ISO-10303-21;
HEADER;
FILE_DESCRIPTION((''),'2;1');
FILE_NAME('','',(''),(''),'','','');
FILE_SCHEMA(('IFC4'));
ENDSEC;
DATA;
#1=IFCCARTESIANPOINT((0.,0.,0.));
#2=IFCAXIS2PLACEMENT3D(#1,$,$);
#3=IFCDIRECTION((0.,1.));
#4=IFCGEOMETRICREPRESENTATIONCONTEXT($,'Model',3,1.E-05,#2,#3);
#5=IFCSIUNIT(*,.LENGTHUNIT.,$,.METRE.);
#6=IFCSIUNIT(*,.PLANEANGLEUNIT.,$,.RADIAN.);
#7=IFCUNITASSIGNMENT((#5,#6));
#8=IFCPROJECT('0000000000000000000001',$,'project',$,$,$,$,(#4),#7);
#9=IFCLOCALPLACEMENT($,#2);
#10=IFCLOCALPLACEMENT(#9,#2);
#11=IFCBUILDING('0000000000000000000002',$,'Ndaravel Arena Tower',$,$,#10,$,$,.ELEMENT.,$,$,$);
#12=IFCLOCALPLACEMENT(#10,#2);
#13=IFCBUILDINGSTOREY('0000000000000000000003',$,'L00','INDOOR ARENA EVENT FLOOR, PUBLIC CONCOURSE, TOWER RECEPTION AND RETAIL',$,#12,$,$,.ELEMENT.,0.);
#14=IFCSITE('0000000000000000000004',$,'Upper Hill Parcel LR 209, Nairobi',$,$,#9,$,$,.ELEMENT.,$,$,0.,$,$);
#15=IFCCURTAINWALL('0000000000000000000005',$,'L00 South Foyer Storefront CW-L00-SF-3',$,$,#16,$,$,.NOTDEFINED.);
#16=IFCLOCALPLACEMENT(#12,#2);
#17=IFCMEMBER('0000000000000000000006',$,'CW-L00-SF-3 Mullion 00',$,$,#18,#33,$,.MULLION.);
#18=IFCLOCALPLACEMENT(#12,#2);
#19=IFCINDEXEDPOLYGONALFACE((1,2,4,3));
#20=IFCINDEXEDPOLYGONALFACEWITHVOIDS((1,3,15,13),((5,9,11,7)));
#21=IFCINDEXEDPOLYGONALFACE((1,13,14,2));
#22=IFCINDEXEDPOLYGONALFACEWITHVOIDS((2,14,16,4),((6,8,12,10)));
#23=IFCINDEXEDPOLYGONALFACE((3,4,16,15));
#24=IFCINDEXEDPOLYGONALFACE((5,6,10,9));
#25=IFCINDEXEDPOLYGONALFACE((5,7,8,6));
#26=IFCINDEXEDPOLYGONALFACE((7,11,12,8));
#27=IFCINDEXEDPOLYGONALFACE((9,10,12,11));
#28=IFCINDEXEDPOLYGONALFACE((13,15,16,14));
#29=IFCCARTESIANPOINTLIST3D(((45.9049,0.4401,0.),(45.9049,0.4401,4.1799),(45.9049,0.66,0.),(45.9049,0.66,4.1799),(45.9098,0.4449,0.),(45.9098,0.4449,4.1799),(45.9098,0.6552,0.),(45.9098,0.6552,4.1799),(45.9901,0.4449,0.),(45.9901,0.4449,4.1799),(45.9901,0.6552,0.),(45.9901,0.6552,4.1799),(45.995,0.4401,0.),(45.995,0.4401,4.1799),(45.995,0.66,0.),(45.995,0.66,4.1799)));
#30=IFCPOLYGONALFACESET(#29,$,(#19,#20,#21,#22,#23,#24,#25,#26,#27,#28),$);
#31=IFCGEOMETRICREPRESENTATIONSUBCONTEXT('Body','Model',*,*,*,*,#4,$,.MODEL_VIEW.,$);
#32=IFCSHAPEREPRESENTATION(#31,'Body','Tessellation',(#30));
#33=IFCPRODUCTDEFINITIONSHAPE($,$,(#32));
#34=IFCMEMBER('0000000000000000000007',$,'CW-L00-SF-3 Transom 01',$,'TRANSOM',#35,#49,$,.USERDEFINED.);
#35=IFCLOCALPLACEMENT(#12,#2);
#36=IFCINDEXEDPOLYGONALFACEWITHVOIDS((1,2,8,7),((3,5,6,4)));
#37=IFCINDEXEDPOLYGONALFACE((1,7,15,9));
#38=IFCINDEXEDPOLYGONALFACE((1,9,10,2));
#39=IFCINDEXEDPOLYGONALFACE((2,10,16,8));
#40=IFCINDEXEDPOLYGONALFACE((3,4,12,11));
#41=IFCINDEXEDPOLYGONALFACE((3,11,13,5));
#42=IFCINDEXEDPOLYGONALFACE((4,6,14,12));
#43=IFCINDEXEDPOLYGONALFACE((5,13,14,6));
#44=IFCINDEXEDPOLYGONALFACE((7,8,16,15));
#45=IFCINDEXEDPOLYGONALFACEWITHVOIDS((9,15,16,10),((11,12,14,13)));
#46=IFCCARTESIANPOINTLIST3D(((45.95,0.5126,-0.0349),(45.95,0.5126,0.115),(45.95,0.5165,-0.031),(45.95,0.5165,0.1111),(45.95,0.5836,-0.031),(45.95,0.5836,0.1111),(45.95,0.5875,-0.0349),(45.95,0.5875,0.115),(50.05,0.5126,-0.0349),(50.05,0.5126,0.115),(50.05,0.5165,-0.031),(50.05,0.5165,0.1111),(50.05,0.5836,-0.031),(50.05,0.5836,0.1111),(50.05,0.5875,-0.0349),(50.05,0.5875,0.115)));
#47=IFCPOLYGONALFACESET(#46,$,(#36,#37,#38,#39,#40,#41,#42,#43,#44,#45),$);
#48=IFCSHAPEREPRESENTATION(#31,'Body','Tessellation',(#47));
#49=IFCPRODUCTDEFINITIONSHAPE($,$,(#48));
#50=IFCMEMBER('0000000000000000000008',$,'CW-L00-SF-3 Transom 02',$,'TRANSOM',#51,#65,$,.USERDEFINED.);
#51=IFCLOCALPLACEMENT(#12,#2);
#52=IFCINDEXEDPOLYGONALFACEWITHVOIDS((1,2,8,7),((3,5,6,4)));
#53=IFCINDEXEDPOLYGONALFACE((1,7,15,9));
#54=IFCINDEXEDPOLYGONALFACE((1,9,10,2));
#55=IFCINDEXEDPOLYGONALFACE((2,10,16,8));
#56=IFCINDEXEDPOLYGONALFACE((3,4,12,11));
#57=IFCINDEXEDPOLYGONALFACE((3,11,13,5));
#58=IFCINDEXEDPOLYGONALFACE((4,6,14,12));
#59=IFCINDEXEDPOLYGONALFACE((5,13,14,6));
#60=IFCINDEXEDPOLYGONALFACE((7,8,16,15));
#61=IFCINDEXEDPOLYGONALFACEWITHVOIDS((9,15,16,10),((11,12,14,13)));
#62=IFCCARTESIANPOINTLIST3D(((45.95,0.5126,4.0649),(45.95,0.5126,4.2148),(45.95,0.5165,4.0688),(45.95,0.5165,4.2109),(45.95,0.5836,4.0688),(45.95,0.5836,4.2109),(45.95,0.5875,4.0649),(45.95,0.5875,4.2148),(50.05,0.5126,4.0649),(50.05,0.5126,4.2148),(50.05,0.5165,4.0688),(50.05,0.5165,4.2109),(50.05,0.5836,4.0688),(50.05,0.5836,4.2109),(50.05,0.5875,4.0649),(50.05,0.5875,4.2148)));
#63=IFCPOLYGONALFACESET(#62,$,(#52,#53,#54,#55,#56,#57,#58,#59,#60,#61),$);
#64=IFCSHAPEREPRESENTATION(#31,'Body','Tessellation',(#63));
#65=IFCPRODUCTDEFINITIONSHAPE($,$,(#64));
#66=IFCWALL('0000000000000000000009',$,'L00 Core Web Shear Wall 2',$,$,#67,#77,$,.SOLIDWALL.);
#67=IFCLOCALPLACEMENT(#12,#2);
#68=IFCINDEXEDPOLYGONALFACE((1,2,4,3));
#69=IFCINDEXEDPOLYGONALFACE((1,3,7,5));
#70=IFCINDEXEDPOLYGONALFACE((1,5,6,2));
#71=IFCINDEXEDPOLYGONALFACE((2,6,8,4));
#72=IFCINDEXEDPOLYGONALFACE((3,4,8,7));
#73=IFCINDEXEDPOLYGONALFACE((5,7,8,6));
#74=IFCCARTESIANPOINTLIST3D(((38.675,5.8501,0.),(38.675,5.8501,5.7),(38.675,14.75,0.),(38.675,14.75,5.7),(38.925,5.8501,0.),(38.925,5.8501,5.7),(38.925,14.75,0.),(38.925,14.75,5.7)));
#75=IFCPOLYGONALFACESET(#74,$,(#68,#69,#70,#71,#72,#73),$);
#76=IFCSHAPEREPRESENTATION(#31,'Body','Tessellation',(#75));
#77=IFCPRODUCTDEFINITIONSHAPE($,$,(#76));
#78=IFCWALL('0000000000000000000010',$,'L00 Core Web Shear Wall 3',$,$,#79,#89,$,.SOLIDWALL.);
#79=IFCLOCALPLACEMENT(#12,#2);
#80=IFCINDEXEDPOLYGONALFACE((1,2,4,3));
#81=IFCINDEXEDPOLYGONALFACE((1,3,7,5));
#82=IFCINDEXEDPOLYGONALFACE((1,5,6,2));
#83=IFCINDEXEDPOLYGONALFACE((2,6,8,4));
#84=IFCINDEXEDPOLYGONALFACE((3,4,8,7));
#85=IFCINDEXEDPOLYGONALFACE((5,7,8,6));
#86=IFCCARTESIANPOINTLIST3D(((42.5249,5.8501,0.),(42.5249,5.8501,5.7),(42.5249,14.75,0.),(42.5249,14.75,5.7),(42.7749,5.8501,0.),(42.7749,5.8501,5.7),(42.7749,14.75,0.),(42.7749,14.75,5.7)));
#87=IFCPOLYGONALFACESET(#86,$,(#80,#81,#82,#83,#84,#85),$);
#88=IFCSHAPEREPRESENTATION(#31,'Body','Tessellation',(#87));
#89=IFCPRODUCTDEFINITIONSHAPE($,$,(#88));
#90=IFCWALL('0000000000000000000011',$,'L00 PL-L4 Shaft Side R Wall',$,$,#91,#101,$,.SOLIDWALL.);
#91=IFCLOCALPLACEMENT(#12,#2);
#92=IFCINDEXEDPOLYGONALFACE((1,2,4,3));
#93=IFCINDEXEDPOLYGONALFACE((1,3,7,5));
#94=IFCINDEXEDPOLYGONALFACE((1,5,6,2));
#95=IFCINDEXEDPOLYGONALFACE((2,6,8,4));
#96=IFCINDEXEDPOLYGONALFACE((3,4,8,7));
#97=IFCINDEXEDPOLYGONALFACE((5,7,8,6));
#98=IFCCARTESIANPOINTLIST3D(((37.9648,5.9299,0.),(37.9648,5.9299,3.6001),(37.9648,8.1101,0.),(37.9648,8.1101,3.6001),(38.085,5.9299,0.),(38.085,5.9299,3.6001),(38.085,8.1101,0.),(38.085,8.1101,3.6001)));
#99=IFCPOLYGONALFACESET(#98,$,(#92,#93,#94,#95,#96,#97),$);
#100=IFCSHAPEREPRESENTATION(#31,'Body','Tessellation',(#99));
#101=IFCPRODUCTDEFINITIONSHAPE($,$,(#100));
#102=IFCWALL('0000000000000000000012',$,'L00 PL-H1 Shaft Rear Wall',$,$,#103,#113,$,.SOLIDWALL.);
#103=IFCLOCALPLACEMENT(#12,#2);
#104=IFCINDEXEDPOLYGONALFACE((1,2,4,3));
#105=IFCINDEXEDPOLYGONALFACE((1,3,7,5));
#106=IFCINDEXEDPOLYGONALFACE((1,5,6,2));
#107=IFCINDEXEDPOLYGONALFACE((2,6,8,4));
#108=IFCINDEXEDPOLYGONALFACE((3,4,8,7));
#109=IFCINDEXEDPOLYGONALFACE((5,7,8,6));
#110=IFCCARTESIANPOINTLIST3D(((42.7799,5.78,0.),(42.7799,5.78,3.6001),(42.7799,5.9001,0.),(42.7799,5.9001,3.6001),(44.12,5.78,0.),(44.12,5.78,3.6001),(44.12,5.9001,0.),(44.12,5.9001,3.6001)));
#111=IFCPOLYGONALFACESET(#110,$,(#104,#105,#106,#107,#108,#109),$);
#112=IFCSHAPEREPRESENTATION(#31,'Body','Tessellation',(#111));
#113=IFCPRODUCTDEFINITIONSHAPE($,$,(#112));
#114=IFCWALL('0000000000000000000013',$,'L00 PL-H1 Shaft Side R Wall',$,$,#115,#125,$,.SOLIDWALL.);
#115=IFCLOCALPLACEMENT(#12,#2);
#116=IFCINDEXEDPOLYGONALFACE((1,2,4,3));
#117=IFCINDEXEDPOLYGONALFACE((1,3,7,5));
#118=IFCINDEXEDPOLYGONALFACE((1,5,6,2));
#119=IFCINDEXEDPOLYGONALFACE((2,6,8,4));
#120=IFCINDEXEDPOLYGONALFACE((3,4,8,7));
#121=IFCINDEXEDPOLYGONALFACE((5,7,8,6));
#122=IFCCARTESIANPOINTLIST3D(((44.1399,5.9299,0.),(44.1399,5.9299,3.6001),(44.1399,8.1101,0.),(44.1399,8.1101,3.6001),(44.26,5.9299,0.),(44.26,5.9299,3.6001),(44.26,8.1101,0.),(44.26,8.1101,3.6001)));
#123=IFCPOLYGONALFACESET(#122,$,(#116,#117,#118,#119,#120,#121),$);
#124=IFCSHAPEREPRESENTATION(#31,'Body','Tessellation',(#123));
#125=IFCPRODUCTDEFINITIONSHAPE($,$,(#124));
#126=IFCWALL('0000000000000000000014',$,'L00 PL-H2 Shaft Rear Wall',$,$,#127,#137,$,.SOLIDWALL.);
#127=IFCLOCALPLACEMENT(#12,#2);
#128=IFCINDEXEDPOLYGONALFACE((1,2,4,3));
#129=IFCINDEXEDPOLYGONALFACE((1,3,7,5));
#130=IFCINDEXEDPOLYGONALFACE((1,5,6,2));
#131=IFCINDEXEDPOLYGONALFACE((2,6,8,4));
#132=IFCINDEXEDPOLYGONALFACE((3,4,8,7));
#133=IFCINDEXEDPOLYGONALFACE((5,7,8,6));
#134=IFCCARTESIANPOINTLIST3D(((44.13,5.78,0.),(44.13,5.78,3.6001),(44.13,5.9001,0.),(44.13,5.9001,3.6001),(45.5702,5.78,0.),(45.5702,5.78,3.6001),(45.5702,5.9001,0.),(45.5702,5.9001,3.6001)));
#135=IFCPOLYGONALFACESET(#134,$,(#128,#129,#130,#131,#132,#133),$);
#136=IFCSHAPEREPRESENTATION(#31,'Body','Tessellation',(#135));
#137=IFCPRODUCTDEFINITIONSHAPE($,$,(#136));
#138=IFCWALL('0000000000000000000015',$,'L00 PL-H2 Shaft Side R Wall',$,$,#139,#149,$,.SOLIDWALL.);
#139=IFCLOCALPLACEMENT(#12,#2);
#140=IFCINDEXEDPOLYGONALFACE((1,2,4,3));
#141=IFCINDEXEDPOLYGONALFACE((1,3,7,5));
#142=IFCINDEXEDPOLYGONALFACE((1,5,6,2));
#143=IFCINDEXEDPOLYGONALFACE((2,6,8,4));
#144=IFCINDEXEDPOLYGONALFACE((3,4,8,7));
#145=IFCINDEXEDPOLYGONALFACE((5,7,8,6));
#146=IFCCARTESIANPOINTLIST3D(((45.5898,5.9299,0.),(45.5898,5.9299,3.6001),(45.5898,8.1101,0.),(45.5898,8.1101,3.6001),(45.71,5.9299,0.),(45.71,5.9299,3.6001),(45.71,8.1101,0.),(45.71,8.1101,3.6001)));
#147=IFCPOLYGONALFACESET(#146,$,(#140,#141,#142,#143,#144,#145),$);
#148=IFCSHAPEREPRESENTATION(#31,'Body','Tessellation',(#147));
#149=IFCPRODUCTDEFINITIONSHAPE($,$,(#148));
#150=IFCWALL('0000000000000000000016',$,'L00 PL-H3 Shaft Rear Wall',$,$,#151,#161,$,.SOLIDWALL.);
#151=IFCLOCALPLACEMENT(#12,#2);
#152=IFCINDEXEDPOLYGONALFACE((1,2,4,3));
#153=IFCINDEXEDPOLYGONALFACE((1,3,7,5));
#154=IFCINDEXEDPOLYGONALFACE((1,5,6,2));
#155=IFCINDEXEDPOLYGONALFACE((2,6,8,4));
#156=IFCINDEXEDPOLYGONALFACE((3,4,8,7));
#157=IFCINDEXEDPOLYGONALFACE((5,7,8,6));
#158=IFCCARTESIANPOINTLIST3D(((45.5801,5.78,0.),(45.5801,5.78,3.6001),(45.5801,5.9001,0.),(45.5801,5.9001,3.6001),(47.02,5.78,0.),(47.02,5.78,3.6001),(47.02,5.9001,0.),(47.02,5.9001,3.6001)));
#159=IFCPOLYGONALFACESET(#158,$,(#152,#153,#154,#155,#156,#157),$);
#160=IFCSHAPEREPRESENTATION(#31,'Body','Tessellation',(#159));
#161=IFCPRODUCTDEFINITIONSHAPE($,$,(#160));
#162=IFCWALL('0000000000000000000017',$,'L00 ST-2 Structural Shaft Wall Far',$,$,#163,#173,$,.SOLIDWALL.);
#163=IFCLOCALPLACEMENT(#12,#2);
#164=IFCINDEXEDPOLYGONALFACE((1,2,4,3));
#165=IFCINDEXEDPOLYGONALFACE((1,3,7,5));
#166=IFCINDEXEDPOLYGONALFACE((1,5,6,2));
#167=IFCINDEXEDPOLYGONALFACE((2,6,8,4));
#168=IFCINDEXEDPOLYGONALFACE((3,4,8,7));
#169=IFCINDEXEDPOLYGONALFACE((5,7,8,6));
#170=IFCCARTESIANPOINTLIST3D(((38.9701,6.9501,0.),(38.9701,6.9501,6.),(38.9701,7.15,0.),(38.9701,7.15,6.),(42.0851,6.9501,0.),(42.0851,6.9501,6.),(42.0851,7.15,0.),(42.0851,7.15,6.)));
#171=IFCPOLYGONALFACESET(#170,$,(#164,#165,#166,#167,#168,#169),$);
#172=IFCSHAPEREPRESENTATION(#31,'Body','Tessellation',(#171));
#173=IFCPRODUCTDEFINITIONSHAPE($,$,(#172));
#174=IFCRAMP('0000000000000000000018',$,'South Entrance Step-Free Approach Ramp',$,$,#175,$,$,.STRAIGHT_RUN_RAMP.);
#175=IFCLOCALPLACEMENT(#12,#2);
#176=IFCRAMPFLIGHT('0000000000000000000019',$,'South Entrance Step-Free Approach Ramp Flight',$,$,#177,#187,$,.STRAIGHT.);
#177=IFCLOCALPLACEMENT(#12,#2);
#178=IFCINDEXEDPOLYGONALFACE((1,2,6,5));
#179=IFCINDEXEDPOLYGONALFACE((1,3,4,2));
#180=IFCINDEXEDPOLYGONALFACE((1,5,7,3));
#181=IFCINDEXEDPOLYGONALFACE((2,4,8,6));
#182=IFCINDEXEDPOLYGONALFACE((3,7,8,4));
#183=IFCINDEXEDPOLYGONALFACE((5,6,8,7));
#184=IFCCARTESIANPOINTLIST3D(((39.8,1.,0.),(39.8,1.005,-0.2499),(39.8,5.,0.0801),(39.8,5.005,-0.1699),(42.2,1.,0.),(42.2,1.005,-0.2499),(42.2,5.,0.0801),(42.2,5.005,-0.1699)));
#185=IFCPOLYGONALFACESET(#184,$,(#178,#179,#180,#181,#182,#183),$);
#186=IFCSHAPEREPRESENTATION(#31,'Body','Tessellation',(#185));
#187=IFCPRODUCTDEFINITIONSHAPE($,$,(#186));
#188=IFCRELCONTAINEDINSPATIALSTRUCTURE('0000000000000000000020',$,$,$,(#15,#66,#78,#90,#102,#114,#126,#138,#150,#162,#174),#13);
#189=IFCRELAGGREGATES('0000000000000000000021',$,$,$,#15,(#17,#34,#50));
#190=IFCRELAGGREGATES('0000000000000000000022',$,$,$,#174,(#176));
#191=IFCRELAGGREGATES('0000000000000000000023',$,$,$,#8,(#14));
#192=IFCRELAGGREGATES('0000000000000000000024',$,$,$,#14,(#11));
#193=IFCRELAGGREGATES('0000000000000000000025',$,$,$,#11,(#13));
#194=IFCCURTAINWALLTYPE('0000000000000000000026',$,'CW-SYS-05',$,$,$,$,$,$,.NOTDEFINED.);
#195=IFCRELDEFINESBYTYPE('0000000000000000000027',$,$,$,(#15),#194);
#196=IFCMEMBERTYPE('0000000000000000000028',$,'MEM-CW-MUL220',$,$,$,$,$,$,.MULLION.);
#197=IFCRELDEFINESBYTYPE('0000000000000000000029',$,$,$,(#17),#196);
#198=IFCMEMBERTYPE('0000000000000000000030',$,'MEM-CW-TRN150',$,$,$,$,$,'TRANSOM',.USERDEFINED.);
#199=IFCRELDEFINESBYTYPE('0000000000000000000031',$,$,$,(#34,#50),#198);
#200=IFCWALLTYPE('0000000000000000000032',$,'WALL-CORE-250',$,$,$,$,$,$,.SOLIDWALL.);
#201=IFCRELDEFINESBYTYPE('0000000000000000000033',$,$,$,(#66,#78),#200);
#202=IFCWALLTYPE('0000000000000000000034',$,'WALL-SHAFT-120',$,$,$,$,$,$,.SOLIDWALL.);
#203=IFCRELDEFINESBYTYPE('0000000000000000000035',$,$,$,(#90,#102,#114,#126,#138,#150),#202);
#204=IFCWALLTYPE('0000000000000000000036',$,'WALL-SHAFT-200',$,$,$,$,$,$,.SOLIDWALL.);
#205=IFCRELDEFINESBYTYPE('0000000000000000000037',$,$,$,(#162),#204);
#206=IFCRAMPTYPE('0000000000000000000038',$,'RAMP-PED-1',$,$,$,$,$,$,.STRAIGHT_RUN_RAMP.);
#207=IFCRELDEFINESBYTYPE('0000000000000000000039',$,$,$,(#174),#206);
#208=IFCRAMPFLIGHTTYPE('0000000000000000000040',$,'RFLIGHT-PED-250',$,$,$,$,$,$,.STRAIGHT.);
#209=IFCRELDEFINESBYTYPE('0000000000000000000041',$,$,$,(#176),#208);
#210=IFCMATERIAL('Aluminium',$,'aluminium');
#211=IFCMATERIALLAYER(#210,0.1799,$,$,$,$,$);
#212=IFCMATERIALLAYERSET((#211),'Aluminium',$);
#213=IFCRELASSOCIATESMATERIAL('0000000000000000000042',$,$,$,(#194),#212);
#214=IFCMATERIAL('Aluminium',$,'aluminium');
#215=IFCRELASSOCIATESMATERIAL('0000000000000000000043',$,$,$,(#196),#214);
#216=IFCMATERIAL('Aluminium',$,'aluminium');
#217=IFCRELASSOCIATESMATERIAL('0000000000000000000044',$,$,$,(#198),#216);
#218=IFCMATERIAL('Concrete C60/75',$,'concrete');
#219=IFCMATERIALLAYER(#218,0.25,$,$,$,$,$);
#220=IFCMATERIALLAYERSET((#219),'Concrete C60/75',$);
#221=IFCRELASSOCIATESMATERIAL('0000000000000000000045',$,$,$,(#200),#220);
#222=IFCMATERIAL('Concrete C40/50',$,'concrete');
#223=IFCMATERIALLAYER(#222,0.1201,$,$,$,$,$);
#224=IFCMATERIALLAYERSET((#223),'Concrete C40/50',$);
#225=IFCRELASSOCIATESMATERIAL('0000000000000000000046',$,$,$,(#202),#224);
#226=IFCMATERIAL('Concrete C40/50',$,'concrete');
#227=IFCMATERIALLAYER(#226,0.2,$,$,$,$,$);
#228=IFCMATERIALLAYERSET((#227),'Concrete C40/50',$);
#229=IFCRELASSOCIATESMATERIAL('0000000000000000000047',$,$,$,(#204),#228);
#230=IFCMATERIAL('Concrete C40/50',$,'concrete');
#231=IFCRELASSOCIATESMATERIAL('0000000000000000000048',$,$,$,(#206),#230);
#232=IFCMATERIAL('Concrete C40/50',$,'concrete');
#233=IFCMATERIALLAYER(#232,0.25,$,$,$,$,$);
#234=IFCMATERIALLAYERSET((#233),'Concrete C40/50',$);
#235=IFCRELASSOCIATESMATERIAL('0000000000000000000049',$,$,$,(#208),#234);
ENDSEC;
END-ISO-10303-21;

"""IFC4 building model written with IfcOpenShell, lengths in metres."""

from ifc_helpers import new_model, si_unit, direction, frame, frame_2d, origin, origin_2d, place, context, subcontext, project, spatial, polyline, rectangle, hollow_rectangle, outline, extrude, material, layer, layer_set, material_profile, profile_set, type_object, element, aggregate, save


model = new_model("IFC4")

# Units and contexts
model_context = context("Model", 3, precision=1e-05, world=origin(), true_north=direction((0.0, 1.0)))
body_context = subcontext(model_context, "Body", "Model", "MODEL_VIEW")
ifc_project = project(units=[si_unit("LENGTHUNIT", "METRE"), si_unit("PLANEANGLEUNIT", "RADIAN")], contexts=[model_context])

# Site, building, storey
site_placement = place(None, origin())
site = spatial("IfcSite", under=ifc_project, at=site_placement, Name="Upper Hill Parcel LR 209, Nairobi", CompositionType="ELEMENT", RefElevation=0.0)
building_placement = place(site_placement, origin())
building = spatial("IfcBuilding", under=site, at=building_placement, Name="Ndaravel Arena Tower", CompositionType="ELEMENT")
storey_placement = place(building_placement, origin())
storey = spatial("IfcBuildingStorey", under=building, at=storey_placement, Name="L00", Description="INDOOR ARENA EVENT FLOOR, PUBLIC CONCOURSE, TOWER RECEPTION AND RETAIL", CompositionType="ELEMENT", Elevation=0.0)

# Shared definitions
ifc_material_1 = material(Name="Aluminium", Category="aluminium")
ifc_layer_1 = layer(ifc_material_1, 0.1799)
ifc_layer_set_1 = layer_set([ifc_layer_1], Name="Aluminium")
curtain_wall_type = type_object("IfcCurtainWallType", Name="CW-SYS-05", PredefinedType="NOTDEFINED", material=ifc_layer_set_1)
ifc_material_2 = material(Name="Aluminium", Category="aluminium")
ifc_material_profile_1 = material_profile(ifc_material_2, hollow_rectangle(XDim=0.0901, YDim=0.22, WallThickness=0.0049, at=origin_2d()), Name="CW MULLION 90x220x5")
ifc_profile_set_1 = profile_set([ifc_material_profile_1], Name="Aluminium")
member_type_1 = type_object("IfcMemberType", Name="MEM-CW-MUL220", PredefinedType="MULLION", material=ifc_profile_set_1)

# Curtain wall, members
curtain_wall_1_placement = place(storey_placement, origin())
curtain_wall_1 = element("IfcCurtainWall", 1, at=curtain_wall_1_placement, inside=storey, type_object=curtain_wall_type, Name="L00 South Foyer Storefront CW-L00-SF-3", PredefinedType="NOTDEFINED")
member_1_placement = place(storey_placement, frame((45.95, 0.55, 0.0), z_axis=(0.0, 0.0, 1.0), x_axis=(1.0, 0.0, 0.0)))
member_1 = element("IfcMember", 2, at=member_1_placement, type_object=member_type_1, Name="CW-L00-SF-3 Mullion 00", PredefinedType="MULLION", context=body_context, shape_type="SweptSolid", body=[
    extrude(hollow_rectangle(XDim=0.0901, YDim=0.22, WallThickness=0.0049, at=origin_2d()), origin(), (0.0, 0.0, 1.0), 4.1799),
])
ifc_material_3 = material(Name="Aluminium", Category="aluminium")
ifc_material_profile_2 = material_profile(ifc_material_3, hollow_rectangle(XDim=0.075, YDim=0.1499, WallThickness=0.0039, at=origin_2d()), Name="CW TRANSOM 75x150x4")
ifc_profile_set_2 = profile_set([ifc_material_profile_2], Name="Aluminium")
member_type_2 = type_object("IfcMemberType", Name="MEM-CW-TRN150", ElementType="TRANSOM", PredefinedType="USERDEFINED", material=ifc_profile_set_2)
member_2_placement = place(storey_placement, frame((45.95, 0.55, 0.04), z_axis=(1.0, 0.0, 0.0), x_axis=(0.0, 1.0, 0.0)))
member_2 = element("IfcMember", 3, at=member_2_placement, type_object=member_type_2, Name="CW-L00-SF-3 Transom 01", ObjectType="TRANSOM", PredefinedType="USERDEFINED", context=body_context, shape_type="SweptSolid", body=[
    extrude(hollow_rectangle(XDim=0.075, YDim=0.1499, WallThickness=0.0039, at=origin_2d()), origin(), (0.0, 0.0, 1.0), 4.1001),
])
member_3_placement = place(storey_placement, frame((45.95, 0.55, 4.1399), z_axis=(1.0, 0.0, 0.0), x_axis=(0.0, 1.0, 0.0)))
member_3 = element("IfcMember", 4, at=member_3_placement, type_object=member_type_2, Name="CW-L00-SF-3 Transom 02", ObjectType="TRANSOM", PredefinedType="USERDEFINED", context=body_context, shape_type="SweptSolid", body=[
    extrude(hollow_rectangle(XDim=0.075, YDim=0.1499, WallThickness=0.0039, at=origin_2d()), origin(), (0.0, 0.0, 1.0), 4.1001),
])
aggregate(curtain_wall_1, [member_1, member_2, member_3])

# Walls
ifc_material_4 = material(Name="Concrete C60/75", Category="concrete")
ifc_layer_2 = layer(ifc_material_4, 0.25)
ifc_layer_set_2 = layer_set([ifc_layer_2], Name="Concrete C60/75")
wall_type_1 = type_object("IfcWallType", Name="WALL-CORE-250", PredefinedType="SOLIDWALL", material=ifc_layer_set_2)
for number, where, z_axis, x_axis, name in (
    (5, (38.8, 5.8501, 0.0), (0.0, 0.0, 1.0), (0.0, 1.0, 0.0), "L00 Core Web Shear Wall 2"),
    (6, (42.6499, 5.8501, 0.0), (0.0, 0.0, 1.0), (0.0, 1.0, 0.0), "L00 Core Web Shear Wall 3"),
):
    element("IfcWall", number, at=place(storey_placement, frame(where, z_axis=z_axis, x_axis=x_axis)), inside=storey, type_object=wall_type_1, Name=name, PredefinedType="SOLIDWALL", context=body_context, shape_type="SweptSolid", body=[
        extrude(rectangle(XDim=8.8999, YDim=0.25, at=frame_2d((4.45, 0.0))), origin(), (0.0, 0.0, 1.0), 5.7),
    ])

# Walls
ifc_material_5 = material(Name="Concrete C40/50", Category="concrete")
ifc_layer_3 = layer(ifc_material_5, 0.1201)
ifc_layer_set_3 = layer_set([ifc_layer_3], Name="Concrete C40/50")
wall_type_2 = type_object("IfcWallType", Name="WALL-SHAFT-120", PredefinedType="SOLIDWALL", material=ifc_layer_set_3)
wall_1_placement = place(storey_placement, frame((38.0249, 5.9299, 0.0), z_axis=(0.0, 0.0, 1.0), x_axis=(0.0, 1.0, 0.0)))
element("IfcWall", 7, at=wall_1_placement, inside=storey, type_object=wall_type_2, Name="L00 PL-L4 Shaft Side R Wall", PredefinedType="SOLIDWALL", context=body_context, shape_type="SweptSolid", body=[
    extrude(rectangle(XDim=2.1802, YDim=0.1201, at=frame_2d((1.0901, 0.0))), origin(), (0.0, 0.0, 1.0), 3.6001),
])
wall_2_placement = place(storey_placement, frame((42.78, 5.8401, 0.0), z_axis=(0.0, 0.0, 1.0), x_axis=(1.0, 0.0, 0.0)))
element("IfcWall", 8, at=wall_2_placement, inside=storey, type_object=wall_type_2, Name="L00 PL-H1 Shaft Rear Wall", PredefinedType="SOLIDWALL", context=body_context, shape_type="SweptSolid", body=[
    extrude(rectangle(XDim=1.3401, YDim=0.1201, at=frame_2d((0.6699, 0.0))), origin(), (0.0, 0.0, 1.0), 3.6001),
])
wall_3_placement = place(storey_placement, frame((44.2, 5.9299, 0.0), z_axis=(0.0, 0.0, 1.0), x_axis=(0.0, 1.0, 0.0)))
element("IfcWall", 9, at=wall_3_placement, inside=storey, type_object=wall_type_2, Name="L00 PL-H1 Shaft Side R Wall", PredefinedType="SOLIDWALL", context=body_context, shape_type="SweptSolid", body=[
    extrude(rectangle(XDim=2.1802, YDim=0.1201, at=frame_2d((1.0901, 0.0))), origin(), (0.0, 0.0, 1.0), 3.6001),
])
wall_4_placement = place(storey_placement, frame((44.1299, 5.8401, 0.0), z_axis=(0.0, 0.0, 1.0), x_axis=(1.0, 0.0, 0.0)))
element("IfcWall", 10, at=wall_4_placement, inside=storey, type_object=wall_type_2, Name="L00 PL-H2 Shaft Rear Wall", PredefinedType="SOLIDWALL", context=body_context, shape_type="SweptSolid", body=[
    extrude(rectangle(XDim=1.4402, YDim=0.1201, at=frame_2d((0.7202, 0.0))), origin(), (0.0, 0.0, 1.0), 3.6001),
])
wall_5_placement = place(storey_placement, frame((45.6499, 5.9299, 0.0), z_axis=(0.0, 0.0, 1.0), x_axis=(0.0, 1.0, 0.0)))
element("IfcWall", 11, at=wall_5_placement, inside=storey, type_object=wall_type_2, Name="L00 PL-H2 Shaft Side R Wall", PredefinedType="SOLIDWALL", context=body_context, shape_type="SweptSolid", body=[
    extrude(rectangle(XDim=2.1802, YDim=0.1201, at=frame_2d((1.0901, 0.0))), origin(), (0.0, 0.0, 1.0), 3.6001),
])
wall_6_placement = place(storey_placement, frame((45.5801, 5.8401, 0.0), z_axis=(0.0, 0.0, 1.0), x_axis=(1.0, 0.0, 0.0)))
element("IfcWall", 12, at=wall_6_placement, inside=storey, type_object=wall_type_2, Name="L00 PL-H3 Shaft Rear Wall", PredefinedType="SOLIDWALL", context=body_context, shape_type="SweptSolid", body=[
    extrude(rectangle(XDim=1.4399, YDim=0.1201, at=frame_2d((0.72, 0.0))), origin(), (0.0, 0.0, 1.0), 3.6001),
])
ifc_material_6 = material(Name="Concrete C40/50", Category="concrete")
ifc_layer_4 = layer(ifc_material_6, 0.2)
ifc_layer_set_4 = layer_set([ifc_layer_4], Name="Concrete C40/50")
wall_type_3 = type_object("IfcWallType", Name="WALL-SHAFT-200", PredefinedType="SOLIDWALL", material=ifc_layer_set_4)
wall_7_placement = place(storey_placement, frame((38.97, 7.05, 0.0), z_axis=(0.0, 0.0, 1.0), x_axis=(1.0, 0.0, 0.0)))
element("IfcWall", 13, at=wall_7_placement, inside=storey, type_object=wall_type_3, Name="L00 ST-2 Structural Shaft Wall Far", PredefinedType="SOLIDWALL", context=body_context, shape_type="SweptSolid", body=[
    extrude(rectangle(XDim=3.115, YDim=0.2, at=frame_2d((1.5576, 0.0))), origin(), (0.0, 0.0, 1.0), 6.0),
])

# Ramp, ramp flight
ifc_material_7 = material(Name="Concrete C40/50", Category="concrete")
ramp_type = type_object("IfcRampType", Name="RAMP-PED-1", PredefinedType="STRAIGHT_RUN_RAMP", material=ifc_material_7)
ramp_placement = place(storey_placement, origin())
ramp = element("IfcRamp", 14, at=ramp_placement, inside=storey, type_object=ramp_type, Name="South Entrance Step-Free Approach Ramp", PredefinedType="STRAIGHT_RUN_RAMP")
ifc_material_8 = material(Name="Concrete C40/50", Category="concrete")
ifc_layer_5 = layer(ifc_material_8, 0.25)
ifc_layer_set_5 = layer_set([ifc_layer_5], Name="Concrete C40/50")
ramp_flight_type = type_object("IfcRampFlightType", Name="RFLIGHT-PED-250", PredefinedType="STRAIGHT", material=ifc_layer_set_5)
ramp_flight_placement = place(storey_placement, frame((39.8, 1.0, 0.0), z_axis=(0.0, -0.020016, 0.9998), x_axis=(1.0, 0.0, 0.0)))
ramp_flight = element("IfcRampFlight", 15, at=ramp_flight_placement, type_object=ramp_flight_type, Name="South Entrance Step-Free Approach Ramp Flight", PredefinedType="STRAIGHT", context=body_context, shape_type="SweptSolid", body=[
    extrude(outline(polyline([(0.0, 0.0), (2.3999, 0.0), (2.3999, 4.0008), (0.0, 4.0008), (0.0, 0.0)])), origin(), (0.0, 0.0, -1.0), 0.25),
])
aggregate(ramp, [ramp_flight])

save(model, "model.ifc")
